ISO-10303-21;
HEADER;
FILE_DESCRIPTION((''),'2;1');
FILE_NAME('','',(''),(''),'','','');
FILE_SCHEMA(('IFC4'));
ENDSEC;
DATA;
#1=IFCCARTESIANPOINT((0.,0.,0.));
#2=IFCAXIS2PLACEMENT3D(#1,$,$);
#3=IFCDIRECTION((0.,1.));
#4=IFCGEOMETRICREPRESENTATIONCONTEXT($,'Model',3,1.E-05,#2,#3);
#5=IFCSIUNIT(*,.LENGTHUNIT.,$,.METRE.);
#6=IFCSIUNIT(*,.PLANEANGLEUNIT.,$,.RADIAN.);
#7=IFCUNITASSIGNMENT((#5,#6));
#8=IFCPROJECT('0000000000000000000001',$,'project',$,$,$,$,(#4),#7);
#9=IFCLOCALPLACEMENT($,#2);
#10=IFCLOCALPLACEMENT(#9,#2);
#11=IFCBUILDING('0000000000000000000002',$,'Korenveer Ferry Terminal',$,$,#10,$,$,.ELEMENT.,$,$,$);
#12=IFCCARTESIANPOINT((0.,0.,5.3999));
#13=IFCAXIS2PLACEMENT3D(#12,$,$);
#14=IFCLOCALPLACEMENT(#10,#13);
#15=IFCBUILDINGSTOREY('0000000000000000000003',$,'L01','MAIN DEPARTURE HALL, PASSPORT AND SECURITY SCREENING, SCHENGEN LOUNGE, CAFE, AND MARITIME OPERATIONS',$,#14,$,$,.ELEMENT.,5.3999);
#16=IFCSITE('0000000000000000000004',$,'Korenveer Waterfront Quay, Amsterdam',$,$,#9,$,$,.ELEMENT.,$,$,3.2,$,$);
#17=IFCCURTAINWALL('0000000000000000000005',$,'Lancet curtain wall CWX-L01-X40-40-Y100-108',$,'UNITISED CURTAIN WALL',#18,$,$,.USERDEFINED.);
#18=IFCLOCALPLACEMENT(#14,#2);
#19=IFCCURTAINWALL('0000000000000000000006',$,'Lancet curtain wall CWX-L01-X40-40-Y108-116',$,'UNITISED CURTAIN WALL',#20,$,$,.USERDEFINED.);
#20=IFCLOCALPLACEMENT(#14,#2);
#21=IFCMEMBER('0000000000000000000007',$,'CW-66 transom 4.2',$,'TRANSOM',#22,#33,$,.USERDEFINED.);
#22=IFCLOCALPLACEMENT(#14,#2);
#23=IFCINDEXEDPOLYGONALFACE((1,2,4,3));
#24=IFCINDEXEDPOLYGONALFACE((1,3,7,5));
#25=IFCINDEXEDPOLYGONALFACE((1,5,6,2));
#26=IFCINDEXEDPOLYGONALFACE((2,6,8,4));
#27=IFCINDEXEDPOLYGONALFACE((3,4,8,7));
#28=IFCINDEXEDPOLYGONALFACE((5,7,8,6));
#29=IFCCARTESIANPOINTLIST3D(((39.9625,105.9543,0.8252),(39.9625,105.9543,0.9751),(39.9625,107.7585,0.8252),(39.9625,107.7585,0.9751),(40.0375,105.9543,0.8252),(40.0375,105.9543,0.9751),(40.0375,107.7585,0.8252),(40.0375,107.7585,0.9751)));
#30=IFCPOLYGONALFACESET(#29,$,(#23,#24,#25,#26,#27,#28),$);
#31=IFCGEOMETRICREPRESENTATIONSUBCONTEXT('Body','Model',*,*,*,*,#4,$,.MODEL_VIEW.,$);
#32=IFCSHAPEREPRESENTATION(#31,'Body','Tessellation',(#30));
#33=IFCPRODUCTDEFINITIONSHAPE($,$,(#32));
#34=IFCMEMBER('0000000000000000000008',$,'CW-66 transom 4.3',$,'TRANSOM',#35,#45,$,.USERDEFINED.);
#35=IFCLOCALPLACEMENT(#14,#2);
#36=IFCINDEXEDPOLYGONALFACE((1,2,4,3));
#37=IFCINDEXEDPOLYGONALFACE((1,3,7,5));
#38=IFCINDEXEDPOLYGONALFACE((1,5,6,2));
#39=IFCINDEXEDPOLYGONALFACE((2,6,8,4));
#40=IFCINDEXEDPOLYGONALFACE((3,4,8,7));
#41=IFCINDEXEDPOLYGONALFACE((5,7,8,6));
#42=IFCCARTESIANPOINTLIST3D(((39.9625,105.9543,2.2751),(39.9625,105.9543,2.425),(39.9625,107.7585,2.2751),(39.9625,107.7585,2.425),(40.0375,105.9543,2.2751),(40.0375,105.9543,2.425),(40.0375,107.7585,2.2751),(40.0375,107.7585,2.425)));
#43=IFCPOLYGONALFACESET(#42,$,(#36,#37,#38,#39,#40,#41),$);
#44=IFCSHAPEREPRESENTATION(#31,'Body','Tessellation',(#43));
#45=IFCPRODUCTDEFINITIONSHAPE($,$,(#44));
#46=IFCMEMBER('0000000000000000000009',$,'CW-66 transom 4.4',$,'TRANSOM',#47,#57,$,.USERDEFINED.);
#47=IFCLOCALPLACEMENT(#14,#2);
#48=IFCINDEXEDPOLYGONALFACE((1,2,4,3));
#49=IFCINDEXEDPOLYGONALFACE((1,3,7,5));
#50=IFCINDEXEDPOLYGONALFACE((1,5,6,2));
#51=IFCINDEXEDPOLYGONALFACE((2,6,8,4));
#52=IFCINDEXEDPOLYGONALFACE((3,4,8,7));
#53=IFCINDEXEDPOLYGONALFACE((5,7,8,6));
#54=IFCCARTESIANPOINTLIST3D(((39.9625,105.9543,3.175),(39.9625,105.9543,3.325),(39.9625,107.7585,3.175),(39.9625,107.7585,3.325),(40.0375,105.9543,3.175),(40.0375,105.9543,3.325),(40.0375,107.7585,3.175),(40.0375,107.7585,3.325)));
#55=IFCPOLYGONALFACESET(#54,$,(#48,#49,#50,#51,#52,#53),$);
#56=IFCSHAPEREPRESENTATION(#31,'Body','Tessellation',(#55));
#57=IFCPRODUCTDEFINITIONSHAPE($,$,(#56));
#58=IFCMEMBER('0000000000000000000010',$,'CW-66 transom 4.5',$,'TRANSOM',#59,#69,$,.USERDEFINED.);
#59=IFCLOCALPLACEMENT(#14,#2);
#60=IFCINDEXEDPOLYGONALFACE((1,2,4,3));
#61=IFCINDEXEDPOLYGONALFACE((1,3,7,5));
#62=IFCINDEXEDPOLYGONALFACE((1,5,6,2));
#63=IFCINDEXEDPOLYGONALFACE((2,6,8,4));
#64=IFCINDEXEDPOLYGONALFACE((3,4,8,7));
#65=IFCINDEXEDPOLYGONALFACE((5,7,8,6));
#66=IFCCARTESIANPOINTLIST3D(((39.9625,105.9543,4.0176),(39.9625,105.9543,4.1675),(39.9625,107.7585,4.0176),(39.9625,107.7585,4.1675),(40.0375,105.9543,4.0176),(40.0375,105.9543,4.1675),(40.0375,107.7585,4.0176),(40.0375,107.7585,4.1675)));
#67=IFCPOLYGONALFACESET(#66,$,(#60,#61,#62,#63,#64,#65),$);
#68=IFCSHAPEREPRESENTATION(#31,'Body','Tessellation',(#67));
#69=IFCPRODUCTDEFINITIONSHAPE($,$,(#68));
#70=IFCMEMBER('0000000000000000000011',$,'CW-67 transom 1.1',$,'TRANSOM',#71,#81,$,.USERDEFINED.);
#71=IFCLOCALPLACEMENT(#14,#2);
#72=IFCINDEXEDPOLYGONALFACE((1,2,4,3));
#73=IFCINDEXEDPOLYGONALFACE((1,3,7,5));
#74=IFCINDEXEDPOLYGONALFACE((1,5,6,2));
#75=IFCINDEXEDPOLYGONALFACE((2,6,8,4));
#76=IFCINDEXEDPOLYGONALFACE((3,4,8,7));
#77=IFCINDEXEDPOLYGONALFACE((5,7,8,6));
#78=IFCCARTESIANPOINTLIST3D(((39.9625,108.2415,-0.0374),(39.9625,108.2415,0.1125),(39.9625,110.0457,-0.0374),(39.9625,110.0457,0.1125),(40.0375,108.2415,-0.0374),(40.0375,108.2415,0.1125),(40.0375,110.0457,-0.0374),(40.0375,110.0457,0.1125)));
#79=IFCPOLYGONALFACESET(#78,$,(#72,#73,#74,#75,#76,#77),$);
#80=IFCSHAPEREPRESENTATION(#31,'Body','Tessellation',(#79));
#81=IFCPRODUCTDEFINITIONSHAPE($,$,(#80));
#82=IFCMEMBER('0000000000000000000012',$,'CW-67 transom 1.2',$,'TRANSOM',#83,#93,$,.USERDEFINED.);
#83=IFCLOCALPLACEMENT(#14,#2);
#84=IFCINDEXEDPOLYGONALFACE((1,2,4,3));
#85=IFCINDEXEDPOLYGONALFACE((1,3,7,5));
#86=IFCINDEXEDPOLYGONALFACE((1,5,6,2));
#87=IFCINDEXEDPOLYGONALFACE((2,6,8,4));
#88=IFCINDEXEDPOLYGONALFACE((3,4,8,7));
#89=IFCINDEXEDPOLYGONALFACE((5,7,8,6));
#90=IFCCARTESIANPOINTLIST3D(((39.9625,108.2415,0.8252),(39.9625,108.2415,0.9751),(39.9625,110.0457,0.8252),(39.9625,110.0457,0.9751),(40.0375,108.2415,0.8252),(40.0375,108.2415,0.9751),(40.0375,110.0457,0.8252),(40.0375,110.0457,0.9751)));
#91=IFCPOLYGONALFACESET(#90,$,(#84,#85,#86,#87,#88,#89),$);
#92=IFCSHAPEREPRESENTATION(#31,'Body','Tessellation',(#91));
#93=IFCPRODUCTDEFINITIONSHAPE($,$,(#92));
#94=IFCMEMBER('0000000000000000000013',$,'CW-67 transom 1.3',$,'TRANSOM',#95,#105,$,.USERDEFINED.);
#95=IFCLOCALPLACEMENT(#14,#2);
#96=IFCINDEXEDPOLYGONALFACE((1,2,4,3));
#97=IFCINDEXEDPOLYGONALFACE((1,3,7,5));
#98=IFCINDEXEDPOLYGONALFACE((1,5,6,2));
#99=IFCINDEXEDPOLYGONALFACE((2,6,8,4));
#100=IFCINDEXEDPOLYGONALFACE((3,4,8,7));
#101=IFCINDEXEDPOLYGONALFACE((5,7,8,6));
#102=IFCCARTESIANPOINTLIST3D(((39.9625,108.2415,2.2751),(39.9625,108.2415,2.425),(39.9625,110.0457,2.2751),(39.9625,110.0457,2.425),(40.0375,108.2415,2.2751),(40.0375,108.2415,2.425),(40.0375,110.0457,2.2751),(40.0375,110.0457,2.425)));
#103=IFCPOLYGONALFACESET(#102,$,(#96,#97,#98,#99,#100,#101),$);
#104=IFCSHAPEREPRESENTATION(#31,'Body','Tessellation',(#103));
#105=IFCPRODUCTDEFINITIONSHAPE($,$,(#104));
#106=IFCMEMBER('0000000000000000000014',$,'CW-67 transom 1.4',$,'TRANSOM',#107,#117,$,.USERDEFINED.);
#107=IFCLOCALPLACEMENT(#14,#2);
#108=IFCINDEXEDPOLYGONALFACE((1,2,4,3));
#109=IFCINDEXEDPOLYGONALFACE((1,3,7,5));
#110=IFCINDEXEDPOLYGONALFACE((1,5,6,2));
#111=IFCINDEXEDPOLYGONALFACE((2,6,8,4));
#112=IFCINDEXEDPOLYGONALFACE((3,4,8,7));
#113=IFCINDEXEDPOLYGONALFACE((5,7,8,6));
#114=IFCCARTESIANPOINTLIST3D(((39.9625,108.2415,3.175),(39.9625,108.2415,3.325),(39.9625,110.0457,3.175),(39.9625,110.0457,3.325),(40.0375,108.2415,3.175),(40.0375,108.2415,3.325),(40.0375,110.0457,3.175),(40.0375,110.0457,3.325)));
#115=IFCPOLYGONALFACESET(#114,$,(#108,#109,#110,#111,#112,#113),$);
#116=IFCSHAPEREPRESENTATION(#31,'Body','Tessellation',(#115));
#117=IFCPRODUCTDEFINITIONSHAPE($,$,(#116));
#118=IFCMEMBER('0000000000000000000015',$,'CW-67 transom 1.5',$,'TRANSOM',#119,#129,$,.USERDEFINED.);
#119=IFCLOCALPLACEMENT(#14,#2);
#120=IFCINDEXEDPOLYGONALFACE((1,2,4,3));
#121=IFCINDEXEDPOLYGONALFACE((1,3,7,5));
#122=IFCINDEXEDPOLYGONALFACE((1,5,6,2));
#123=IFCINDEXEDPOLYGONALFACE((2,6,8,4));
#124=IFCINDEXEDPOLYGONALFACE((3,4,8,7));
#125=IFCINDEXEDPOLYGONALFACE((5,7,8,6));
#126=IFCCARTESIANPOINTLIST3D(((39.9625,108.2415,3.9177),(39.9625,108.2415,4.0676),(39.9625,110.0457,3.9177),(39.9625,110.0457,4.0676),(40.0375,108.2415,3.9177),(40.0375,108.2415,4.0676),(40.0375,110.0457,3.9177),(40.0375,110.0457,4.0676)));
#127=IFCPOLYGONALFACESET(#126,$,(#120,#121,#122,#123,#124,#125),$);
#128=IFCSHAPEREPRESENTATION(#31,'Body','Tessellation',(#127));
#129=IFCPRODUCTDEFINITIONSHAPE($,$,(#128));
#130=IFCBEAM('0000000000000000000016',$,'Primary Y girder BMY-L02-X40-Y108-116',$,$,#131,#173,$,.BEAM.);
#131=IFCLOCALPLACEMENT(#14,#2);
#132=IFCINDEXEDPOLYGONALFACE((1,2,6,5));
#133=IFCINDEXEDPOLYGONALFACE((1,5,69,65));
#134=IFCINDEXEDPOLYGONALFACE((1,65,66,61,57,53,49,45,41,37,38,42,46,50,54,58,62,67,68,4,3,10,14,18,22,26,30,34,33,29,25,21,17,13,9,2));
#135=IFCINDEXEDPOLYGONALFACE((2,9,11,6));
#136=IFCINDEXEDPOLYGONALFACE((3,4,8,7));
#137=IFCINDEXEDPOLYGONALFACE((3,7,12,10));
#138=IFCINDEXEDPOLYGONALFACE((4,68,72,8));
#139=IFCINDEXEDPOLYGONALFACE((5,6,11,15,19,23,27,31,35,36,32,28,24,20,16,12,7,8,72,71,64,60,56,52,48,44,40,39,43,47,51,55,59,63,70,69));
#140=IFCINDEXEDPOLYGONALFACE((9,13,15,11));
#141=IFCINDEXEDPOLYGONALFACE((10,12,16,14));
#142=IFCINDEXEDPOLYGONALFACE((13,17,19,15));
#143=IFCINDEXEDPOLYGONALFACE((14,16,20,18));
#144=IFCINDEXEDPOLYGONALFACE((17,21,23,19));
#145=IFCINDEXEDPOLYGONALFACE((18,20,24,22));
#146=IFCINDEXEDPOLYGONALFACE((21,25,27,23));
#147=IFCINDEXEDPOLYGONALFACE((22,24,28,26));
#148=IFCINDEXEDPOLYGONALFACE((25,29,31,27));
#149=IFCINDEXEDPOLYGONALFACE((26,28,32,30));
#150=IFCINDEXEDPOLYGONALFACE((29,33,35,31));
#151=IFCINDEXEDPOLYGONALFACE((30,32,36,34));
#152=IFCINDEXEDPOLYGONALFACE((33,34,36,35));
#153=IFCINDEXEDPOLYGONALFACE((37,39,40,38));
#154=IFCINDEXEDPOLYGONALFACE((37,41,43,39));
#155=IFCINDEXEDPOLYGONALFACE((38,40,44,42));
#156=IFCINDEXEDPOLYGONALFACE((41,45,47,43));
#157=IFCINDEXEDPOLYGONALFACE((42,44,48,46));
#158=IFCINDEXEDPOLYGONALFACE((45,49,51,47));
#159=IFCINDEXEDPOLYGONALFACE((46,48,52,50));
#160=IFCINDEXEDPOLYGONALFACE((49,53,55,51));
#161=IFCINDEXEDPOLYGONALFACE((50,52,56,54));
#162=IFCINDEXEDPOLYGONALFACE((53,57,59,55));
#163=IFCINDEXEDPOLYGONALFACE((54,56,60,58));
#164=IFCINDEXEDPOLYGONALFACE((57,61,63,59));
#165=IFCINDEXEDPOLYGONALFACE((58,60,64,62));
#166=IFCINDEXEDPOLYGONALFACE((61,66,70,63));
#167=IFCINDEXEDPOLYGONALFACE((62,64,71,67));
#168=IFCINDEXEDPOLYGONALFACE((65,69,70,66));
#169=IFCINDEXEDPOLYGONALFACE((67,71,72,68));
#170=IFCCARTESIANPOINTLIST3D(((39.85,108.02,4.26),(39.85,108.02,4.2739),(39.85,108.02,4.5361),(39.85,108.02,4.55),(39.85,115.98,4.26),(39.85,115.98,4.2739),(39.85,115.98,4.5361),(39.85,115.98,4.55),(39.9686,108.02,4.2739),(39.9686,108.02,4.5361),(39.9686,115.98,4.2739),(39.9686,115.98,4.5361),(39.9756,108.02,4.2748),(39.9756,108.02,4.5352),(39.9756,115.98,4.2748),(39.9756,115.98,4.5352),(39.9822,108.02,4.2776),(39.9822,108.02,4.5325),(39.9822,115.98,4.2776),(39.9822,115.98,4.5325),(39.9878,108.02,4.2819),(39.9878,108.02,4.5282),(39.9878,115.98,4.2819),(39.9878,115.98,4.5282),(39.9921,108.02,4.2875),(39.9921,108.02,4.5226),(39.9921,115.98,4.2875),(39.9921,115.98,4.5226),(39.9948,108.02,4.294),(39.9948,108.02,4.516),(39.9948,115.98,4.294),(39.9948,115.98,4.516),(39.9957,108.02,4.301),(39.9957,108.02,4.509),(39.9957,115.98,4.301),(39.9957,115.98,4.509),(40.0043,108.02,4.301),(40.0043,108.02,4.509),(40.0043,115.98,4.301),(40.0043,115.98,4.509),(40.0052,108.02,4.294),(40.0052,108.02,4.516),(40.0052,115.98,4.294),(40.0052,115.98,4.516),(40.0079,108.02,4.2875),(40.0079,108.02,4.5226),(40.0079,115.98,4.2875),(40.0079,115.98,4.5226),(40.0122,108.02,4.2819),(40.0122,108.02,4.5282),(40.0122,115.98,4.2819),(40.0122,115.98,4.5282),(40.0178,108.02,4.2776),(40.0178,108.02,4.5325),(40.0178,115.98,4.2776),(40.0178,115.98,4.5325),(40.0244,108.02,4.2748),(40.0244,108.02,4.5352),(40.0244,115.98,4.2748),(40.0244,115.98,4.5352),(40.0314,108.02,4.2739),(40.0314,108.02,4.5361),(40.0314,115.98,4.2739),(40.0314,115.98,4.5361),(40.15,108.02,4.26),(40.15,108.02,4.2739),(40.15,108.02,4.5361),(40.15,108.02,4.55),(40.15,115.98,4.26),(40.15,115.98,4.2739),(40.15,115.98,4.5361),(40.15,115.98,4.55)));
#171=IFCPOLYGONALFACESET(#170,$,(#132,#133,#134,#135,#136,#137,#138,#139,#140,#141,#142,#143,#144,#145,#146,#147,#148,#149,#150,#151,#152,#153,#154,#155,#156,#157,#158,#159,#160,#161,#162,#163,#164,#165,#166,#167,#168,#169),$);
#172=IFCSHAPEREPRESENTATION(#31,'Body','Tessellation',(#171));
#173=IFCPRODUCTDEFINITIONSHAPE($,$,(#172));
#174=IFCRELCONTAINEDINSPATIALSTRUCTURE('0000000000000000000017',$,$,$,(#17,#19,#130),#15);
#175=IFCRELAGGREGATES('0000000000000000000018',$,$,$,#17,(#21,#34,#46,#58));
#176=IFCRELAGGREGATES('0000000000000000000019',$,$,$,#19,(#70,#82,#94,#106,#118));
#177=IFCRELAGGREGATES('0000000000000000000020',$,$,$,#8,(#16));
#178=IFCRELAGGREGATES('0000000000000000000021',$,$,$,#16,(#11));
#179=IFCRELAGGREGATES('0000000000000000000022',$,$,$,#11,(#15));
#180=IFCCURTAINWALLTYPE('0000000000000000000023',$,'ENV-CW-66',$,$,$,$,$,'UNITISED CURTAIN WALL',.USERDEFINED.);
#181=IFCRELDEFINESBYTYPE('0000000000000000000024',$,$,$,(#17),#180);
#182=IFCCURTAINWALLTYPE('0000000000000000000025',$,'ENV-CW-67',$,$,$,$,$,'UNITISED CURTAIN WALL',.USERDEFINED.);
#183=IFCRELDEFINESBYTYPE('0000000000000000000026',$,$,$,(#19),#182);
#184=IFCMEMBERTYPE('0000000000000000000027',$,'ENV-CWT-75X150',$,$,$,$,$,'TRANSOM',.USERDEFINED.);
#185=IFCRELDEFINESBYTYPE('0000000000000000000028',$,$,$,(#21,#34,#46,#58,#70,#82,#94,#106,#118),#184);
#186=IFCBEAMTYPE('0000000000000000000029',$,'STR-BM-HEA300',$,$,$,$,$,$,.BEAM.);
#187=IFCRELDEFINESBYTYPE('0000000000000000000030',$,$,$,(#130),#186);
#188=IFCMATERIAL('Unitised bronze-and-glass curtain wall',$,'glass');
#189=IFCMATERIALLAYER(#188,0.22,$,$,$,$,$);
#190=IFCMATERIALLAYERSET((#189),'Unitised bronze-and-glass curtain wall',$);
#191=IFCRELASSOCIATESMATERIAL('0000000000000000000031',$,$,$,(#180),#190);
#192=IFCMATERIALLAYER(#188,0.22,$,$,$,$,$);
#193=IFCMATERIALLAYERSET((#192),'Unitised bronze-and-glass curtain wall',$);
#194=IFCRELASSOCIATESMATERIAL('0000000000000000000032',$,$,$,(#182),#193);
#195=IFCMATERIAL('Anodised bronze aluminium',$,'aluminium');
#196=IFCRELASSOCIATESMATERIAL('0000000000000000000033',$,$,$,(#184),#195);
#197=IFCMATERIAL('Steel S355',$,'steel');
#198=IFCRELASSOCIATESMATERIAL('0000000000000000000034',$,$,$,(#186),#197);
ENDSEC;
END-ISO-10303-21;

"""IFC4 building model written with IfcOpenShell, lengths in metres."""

from ifc_helpers import new_model, si_unit, direction, frame, origin, origin_2d, place, context, subcontext, project, spatial, rectangle, i_section, extrude, material, layer, layer_set, material_profile, profile_set, type_object, element, aggregate, save


model = new_model("IFC4")

# Units and contexts
model_context = context("Model", 3, precision=1e-05, world=origin(), true_north=direction((0.0, 1.0)))
body_context = subcontext(model_context, "Body", "Model", "MODEL_VIEW")
ifc_project = project(units=[si_unit("LENGTHUNIT", "METRE"), si_unit("PLANEANGLEUNIT", "RADIAN")], contexts=[model_context])

# Site, building, storey
site_placement = place(None, origin())
site = spatial("IfcSite", under=ifc_project, at=site_placement, Name="Korenveer Waterfront Quay, Amsterdam", CompositionType="ELEMENT", RefElevation=3.2)
building_placement = place(site_placement, origin())
building = spatial("IfcBuilding", under=site, at=building_placement, Name="Korenveer Ferry Terminal", CompositionType="ELEMENT")
storey_placement = place(building_placement, frame((0.0, 0.0, 5.3999)))
storey = spatial("IfcBuildingStorey", under=building, at=storey_placement, Name="L01", Description="MAIN DEPARTURE HALL, PASSPORT AND SECURITY SCREENING, SCHENGEN LOUNGE, CAFE, AND MARITIME OPERATIONS", CompositionType="ELEMENT", Elevation=5.3999)

# Shared definitions
ifc_material_1 = material(Name="Steel S355", Category="steel")

# Curtain wall
ifc_material_2 = material(Name="Unitised bronze-and-glass curtain wall", Category="glass")
ifc_layer_1 = layer(ifc_material_2, 0.22)
ifc_layer_set_1 = layer_set([ifc_layer_1], Name="Unitised bronze-and-glass curtain wall")
curtain_wall_type_1 = type_object("IfcCurtainWallType", Name="ENV-CW-66", ElementType="UNITISED CURTAIN WALL", PredefinedType="USERDEFINED", material=ifc_layer_set_1)
curtain_wall_1_placement = place(storey_placement, frame((40.0, 100.1665, 0.0)))
curtain_wall_1 = element("IfcCurtainWall", 1, at=curtain_wall_1_placement, inside=storey, type_object=curtain_wall_type_1, Name="Lancet curtain wall CWX-L01-X40-40-Y100-108", ObjectType="UNITISED CURTAIN WALL", PredefinedType="USERDEFINED")
ifc_material_3 = material(Name="Anodised bronze aluminium", Category="aluminium")

# Curtain wall
ifc_layer_2 = layer(ifc_material_2, 0.22)
ifc_layer_set_2 = layer_set([ifc_layer_2], Name="Unitised bronze-and-glass curtain wall")
curtain_wall_type_2 = type_object("IfcCurtainWallType", Name="ENV-CW-67", ElementType="UNITISED CURTAIN WALL", PredefinedType="USERDEFINED", material=ifc_layer_set_2)
curtain_wall_2_placement = place(storey_placement, frame((40.0, 108.1665, 0.0)))
curtain_wall_2 = element("IfcCurtainWall", 2, at=curtain_wall_2_placement, inside=storey, type_object=curtain_wall_type_2, Name="Lancet curtain wall CWX-L01-X40-40-Y108-116", ObjectType="UNITISED CURTAIN WALL", PredefinedType="USERDEFINED")

# Members
ifc_material_profile_1 = material_profile(ifc_material_3, rectangle(XDim=0.075, YDim=0.1499, at=origin_2d()), Name="ALU 75x150")
ifc_profile_set_1 = profile_set([ifc_material_profile_1], Name="Anodised bronze aluminium")
member_type_1 = type_object("IfcMemberType", Name="ENV-CWT-75X150", ElementType="TRANSOM", PredefinedType="USERDEFINED", material=ifc_profile_set_1)
member_1_placement = place(storey_placement, frame((40.0, 105.9543, 0.9001), z_axis=(0.0, 1.0, 0.0), x_axis=(-1.0, 0.0, 0.0)))
member_1 = element("IfcMember", 3, at=member_1_placement, type_object=member_type_1, Name="CW-66 transom 4.2", ObjectType="TRANSOM", PredefinedType="USERDEFINED", context=body_context, shape_type="SweptSolid", body=[
    extrude(rectangle(XDim=0.075, YDim=0.1499, at=origin_2d()), origin(), (0.0, 0.0, 1.0), 1.8042),
])
member_2_placement = place(storey_placement, frame((40.0, 105.9543, 2.3501), z_axis=(0.0, 1.0, 0.0), x_axis=(-1.0, 0.0, 0.0)))
member_2 = element("IfcMember", 4, at=member_2_placement, type_object=member_type_1, Name="CW-66 transom 4.3", ObjectType="TRANSOM", PredefinedType="USERDEFINED", context=body_context, shape_type="SweptSolid", body=[
    extrude(rectangle(XDim=0.075, YDim=0.1499, at=origin_2d()), origin(), (0.0, 0.0, 1.0), 1.8042),
])
member_3_placement = place(storey_placement, frame((40.0, 105.9543, 3.25), z_axis=(0.0, 1.0, 0.0), x_axis=(-1.0, 0.0, 0.0)))
member_3 = element("IfcMember", 5, at=member_3_placement, type_object=member_type_1, Name="CW-66 transom 4.4", ObjectType="TRANSOM", PredefinedType="USERDEFINED", context=body_context, shape_type="SweptSolid", body=[
    extrude(rectangle(XDim=0.075, YDim=0.1499, at=origin_2d()), origin(), (0.0, 0.0, 1.0), 1.8042),
])
member_4_placement = place(storey_placement, frame((40.0, 105.9543, 4.0925), z_axis=(0.0, 1.0, 0.0), x_axis=(-1.0, 0.0, 0.0)))
member_4 = element("IfcMember", 6, at=member_4_placement, type_object=member_type_1, Name="CW-66 transom 4.5", ObjectType="TRANSOM", PredefinedType="USERDEFINED", context=body_context, shape_type="SweptSolid", body=[
    extrude(rectangle(XDim=0.075, YDim=0.1499, at=origin_2d()), origin(), (0.0, 0.0, 1.0), 1.8042),
])
member_5_placement = place(storey_placement, frame((40.0, 108.2415, 0.0376), z_axis=(0.0, 1.0, 0.0), x_axis=(-1.0, 0.0, 0.0)))
member_5 = element("IfcMember", 7, at=member_5_placement, type_object=member_type_1, Name="CW-67 transom 1.1", ObjectType="TRANSOM", PredefinedType="USERDEFINED", context=body_context, shape_type="SweptSolid", body=[
    extrude(rectangle(XDim=0.075, YDim=0.1499, at=origin_2d()), origin(), (0.0, 0.0, 1.0), 1.8042),
])
member_6_placement = place(storey_placement, frame((40.0, 108.2415, 0.9001), z_axis=(0.0, 1.0, 0.0), x_axis=(-1.0, 0.0, 0.0)))
member_6 = element("IfcMember", 8, at=member_6_placement, type_object=member_type_1, Name="CW-67 transom 1.2", ObjectType="TRANSOM", PredefinedType="USERDEFINED", context=body_context, shape_type="SweptSolid", body=[
    extrude(rectangle(XDim=0.075, YDim=0.1499, at=origin_2d()), origin(), (0.0, 0.0, 1.0), 1.8042),
])
member_7_placement = place(storey_placement, frame((40.0, 108.2415, 2.3501), z_axis=(0.0, 1.0, 0.0), x_axis=(-1.0, 0.0, 0.0)))
member_7 = element("IfcMember", 9, at=member_7_placement, type_object=member_type_1, Name="CW-67 transom 1.3", ObjectType="TRANSOM", PredefinedType="USERDEFINED", context=body_context, shape_type="SweptSolid", body=[
    extrude(rectangle(XDim=0.075, YDim=0.1499, at=origin_2d()), origin(), (0.0, 0.0, 1.0), 1.8042),
])
member_8_placement = place(storey_placement, frame((40.0, 108.2415, 3.25), z_axis=(0.0, 1.0, 0.0), x_axis=(-1.0, 0.0, 0.0)))
member_8 = element("IfcMember", 10, at=member_8_placement, type_object=member_type_1, Name="CW-67 transom 1.4", ObjectType="TRANSOM", PredefinedType="USERDEFINED", context=body_context, shape_type="SweptSolid", body=[
    extrude(rectangle(XDim=0.075, YDim=0.1499, at=origin_2d()), origin(), (0.0, 0.0, 1.0), 1.8042),
])
member_9_placement = place(storey_placement, frame((40.0, 108.2415, 3.9927), z_axis=(0.0, 1.0, 0.0), x_axis=(-1.0, 0.0, 0.0)))
member_9 = element("IfcMember", 11, at=member_9_placement, type_object=member_type_1, Name="CW-67 transom 1.5", ObjectType="TRANSOM", PredefinedType="USERDEFINED", context=body_context, shape_type="SweptSolid", body=[
    extrude(rectangle(XDim=0.075, YDim=0.1499, at=origin_2d()), origin(), (0.0, 0.0, 1.0), 1.8042),
])

# Beam
ifc_material_profile_2 = material_profile(ifc_material_1, i_section(OverallWidth=0.3, OverallDepth=0.29, WebThickness=0.0085, FlangeThickness=0.0139, FilletRadius=0.0271, at=origin_2d()), Name="HEA 300")
ifc_profile_set_2 = profile_set([ifc_material_profile_2], Name="Steel S355")
beam_type_1 = type_object("IfcBeamType", Name="STR-BM-HEA300", PredefinedType="BEAM", material=ifc_profile_set_2)
beam_1_placement = place(storey_placement, frame((40.0, 108.02, 4.405), z_axis=(0.0, 1.0, 0.0), x_axis=(-1.0, 0.0, 0.0)))
element("IfcBeam", 12, at=beam_1_placement, inside=storey, type_object=beam_type_1, Name="Primary Y girder BMY-L02-X40-Y108-116", PredefinedType="BEAM", context=body_context, shape_type="SweptSolid", body=[
    extrude(i_section(OverallWidth=0.3, OverallDepth=0.29, WebThickness=0.0085, FlangeThickness=0.0139, FilletRadius=0.0271, at=origin_2d()), origin(), (0.0, 0.0, 1.0), 7.96),
])

aggregate(curtain_wall_1, [member_1, member_2, member_3, member_4])
aggregate(curtain_wall_2, [member_5, member_6, member_7, member_8, member_9])

save(model, "model.ifc")
